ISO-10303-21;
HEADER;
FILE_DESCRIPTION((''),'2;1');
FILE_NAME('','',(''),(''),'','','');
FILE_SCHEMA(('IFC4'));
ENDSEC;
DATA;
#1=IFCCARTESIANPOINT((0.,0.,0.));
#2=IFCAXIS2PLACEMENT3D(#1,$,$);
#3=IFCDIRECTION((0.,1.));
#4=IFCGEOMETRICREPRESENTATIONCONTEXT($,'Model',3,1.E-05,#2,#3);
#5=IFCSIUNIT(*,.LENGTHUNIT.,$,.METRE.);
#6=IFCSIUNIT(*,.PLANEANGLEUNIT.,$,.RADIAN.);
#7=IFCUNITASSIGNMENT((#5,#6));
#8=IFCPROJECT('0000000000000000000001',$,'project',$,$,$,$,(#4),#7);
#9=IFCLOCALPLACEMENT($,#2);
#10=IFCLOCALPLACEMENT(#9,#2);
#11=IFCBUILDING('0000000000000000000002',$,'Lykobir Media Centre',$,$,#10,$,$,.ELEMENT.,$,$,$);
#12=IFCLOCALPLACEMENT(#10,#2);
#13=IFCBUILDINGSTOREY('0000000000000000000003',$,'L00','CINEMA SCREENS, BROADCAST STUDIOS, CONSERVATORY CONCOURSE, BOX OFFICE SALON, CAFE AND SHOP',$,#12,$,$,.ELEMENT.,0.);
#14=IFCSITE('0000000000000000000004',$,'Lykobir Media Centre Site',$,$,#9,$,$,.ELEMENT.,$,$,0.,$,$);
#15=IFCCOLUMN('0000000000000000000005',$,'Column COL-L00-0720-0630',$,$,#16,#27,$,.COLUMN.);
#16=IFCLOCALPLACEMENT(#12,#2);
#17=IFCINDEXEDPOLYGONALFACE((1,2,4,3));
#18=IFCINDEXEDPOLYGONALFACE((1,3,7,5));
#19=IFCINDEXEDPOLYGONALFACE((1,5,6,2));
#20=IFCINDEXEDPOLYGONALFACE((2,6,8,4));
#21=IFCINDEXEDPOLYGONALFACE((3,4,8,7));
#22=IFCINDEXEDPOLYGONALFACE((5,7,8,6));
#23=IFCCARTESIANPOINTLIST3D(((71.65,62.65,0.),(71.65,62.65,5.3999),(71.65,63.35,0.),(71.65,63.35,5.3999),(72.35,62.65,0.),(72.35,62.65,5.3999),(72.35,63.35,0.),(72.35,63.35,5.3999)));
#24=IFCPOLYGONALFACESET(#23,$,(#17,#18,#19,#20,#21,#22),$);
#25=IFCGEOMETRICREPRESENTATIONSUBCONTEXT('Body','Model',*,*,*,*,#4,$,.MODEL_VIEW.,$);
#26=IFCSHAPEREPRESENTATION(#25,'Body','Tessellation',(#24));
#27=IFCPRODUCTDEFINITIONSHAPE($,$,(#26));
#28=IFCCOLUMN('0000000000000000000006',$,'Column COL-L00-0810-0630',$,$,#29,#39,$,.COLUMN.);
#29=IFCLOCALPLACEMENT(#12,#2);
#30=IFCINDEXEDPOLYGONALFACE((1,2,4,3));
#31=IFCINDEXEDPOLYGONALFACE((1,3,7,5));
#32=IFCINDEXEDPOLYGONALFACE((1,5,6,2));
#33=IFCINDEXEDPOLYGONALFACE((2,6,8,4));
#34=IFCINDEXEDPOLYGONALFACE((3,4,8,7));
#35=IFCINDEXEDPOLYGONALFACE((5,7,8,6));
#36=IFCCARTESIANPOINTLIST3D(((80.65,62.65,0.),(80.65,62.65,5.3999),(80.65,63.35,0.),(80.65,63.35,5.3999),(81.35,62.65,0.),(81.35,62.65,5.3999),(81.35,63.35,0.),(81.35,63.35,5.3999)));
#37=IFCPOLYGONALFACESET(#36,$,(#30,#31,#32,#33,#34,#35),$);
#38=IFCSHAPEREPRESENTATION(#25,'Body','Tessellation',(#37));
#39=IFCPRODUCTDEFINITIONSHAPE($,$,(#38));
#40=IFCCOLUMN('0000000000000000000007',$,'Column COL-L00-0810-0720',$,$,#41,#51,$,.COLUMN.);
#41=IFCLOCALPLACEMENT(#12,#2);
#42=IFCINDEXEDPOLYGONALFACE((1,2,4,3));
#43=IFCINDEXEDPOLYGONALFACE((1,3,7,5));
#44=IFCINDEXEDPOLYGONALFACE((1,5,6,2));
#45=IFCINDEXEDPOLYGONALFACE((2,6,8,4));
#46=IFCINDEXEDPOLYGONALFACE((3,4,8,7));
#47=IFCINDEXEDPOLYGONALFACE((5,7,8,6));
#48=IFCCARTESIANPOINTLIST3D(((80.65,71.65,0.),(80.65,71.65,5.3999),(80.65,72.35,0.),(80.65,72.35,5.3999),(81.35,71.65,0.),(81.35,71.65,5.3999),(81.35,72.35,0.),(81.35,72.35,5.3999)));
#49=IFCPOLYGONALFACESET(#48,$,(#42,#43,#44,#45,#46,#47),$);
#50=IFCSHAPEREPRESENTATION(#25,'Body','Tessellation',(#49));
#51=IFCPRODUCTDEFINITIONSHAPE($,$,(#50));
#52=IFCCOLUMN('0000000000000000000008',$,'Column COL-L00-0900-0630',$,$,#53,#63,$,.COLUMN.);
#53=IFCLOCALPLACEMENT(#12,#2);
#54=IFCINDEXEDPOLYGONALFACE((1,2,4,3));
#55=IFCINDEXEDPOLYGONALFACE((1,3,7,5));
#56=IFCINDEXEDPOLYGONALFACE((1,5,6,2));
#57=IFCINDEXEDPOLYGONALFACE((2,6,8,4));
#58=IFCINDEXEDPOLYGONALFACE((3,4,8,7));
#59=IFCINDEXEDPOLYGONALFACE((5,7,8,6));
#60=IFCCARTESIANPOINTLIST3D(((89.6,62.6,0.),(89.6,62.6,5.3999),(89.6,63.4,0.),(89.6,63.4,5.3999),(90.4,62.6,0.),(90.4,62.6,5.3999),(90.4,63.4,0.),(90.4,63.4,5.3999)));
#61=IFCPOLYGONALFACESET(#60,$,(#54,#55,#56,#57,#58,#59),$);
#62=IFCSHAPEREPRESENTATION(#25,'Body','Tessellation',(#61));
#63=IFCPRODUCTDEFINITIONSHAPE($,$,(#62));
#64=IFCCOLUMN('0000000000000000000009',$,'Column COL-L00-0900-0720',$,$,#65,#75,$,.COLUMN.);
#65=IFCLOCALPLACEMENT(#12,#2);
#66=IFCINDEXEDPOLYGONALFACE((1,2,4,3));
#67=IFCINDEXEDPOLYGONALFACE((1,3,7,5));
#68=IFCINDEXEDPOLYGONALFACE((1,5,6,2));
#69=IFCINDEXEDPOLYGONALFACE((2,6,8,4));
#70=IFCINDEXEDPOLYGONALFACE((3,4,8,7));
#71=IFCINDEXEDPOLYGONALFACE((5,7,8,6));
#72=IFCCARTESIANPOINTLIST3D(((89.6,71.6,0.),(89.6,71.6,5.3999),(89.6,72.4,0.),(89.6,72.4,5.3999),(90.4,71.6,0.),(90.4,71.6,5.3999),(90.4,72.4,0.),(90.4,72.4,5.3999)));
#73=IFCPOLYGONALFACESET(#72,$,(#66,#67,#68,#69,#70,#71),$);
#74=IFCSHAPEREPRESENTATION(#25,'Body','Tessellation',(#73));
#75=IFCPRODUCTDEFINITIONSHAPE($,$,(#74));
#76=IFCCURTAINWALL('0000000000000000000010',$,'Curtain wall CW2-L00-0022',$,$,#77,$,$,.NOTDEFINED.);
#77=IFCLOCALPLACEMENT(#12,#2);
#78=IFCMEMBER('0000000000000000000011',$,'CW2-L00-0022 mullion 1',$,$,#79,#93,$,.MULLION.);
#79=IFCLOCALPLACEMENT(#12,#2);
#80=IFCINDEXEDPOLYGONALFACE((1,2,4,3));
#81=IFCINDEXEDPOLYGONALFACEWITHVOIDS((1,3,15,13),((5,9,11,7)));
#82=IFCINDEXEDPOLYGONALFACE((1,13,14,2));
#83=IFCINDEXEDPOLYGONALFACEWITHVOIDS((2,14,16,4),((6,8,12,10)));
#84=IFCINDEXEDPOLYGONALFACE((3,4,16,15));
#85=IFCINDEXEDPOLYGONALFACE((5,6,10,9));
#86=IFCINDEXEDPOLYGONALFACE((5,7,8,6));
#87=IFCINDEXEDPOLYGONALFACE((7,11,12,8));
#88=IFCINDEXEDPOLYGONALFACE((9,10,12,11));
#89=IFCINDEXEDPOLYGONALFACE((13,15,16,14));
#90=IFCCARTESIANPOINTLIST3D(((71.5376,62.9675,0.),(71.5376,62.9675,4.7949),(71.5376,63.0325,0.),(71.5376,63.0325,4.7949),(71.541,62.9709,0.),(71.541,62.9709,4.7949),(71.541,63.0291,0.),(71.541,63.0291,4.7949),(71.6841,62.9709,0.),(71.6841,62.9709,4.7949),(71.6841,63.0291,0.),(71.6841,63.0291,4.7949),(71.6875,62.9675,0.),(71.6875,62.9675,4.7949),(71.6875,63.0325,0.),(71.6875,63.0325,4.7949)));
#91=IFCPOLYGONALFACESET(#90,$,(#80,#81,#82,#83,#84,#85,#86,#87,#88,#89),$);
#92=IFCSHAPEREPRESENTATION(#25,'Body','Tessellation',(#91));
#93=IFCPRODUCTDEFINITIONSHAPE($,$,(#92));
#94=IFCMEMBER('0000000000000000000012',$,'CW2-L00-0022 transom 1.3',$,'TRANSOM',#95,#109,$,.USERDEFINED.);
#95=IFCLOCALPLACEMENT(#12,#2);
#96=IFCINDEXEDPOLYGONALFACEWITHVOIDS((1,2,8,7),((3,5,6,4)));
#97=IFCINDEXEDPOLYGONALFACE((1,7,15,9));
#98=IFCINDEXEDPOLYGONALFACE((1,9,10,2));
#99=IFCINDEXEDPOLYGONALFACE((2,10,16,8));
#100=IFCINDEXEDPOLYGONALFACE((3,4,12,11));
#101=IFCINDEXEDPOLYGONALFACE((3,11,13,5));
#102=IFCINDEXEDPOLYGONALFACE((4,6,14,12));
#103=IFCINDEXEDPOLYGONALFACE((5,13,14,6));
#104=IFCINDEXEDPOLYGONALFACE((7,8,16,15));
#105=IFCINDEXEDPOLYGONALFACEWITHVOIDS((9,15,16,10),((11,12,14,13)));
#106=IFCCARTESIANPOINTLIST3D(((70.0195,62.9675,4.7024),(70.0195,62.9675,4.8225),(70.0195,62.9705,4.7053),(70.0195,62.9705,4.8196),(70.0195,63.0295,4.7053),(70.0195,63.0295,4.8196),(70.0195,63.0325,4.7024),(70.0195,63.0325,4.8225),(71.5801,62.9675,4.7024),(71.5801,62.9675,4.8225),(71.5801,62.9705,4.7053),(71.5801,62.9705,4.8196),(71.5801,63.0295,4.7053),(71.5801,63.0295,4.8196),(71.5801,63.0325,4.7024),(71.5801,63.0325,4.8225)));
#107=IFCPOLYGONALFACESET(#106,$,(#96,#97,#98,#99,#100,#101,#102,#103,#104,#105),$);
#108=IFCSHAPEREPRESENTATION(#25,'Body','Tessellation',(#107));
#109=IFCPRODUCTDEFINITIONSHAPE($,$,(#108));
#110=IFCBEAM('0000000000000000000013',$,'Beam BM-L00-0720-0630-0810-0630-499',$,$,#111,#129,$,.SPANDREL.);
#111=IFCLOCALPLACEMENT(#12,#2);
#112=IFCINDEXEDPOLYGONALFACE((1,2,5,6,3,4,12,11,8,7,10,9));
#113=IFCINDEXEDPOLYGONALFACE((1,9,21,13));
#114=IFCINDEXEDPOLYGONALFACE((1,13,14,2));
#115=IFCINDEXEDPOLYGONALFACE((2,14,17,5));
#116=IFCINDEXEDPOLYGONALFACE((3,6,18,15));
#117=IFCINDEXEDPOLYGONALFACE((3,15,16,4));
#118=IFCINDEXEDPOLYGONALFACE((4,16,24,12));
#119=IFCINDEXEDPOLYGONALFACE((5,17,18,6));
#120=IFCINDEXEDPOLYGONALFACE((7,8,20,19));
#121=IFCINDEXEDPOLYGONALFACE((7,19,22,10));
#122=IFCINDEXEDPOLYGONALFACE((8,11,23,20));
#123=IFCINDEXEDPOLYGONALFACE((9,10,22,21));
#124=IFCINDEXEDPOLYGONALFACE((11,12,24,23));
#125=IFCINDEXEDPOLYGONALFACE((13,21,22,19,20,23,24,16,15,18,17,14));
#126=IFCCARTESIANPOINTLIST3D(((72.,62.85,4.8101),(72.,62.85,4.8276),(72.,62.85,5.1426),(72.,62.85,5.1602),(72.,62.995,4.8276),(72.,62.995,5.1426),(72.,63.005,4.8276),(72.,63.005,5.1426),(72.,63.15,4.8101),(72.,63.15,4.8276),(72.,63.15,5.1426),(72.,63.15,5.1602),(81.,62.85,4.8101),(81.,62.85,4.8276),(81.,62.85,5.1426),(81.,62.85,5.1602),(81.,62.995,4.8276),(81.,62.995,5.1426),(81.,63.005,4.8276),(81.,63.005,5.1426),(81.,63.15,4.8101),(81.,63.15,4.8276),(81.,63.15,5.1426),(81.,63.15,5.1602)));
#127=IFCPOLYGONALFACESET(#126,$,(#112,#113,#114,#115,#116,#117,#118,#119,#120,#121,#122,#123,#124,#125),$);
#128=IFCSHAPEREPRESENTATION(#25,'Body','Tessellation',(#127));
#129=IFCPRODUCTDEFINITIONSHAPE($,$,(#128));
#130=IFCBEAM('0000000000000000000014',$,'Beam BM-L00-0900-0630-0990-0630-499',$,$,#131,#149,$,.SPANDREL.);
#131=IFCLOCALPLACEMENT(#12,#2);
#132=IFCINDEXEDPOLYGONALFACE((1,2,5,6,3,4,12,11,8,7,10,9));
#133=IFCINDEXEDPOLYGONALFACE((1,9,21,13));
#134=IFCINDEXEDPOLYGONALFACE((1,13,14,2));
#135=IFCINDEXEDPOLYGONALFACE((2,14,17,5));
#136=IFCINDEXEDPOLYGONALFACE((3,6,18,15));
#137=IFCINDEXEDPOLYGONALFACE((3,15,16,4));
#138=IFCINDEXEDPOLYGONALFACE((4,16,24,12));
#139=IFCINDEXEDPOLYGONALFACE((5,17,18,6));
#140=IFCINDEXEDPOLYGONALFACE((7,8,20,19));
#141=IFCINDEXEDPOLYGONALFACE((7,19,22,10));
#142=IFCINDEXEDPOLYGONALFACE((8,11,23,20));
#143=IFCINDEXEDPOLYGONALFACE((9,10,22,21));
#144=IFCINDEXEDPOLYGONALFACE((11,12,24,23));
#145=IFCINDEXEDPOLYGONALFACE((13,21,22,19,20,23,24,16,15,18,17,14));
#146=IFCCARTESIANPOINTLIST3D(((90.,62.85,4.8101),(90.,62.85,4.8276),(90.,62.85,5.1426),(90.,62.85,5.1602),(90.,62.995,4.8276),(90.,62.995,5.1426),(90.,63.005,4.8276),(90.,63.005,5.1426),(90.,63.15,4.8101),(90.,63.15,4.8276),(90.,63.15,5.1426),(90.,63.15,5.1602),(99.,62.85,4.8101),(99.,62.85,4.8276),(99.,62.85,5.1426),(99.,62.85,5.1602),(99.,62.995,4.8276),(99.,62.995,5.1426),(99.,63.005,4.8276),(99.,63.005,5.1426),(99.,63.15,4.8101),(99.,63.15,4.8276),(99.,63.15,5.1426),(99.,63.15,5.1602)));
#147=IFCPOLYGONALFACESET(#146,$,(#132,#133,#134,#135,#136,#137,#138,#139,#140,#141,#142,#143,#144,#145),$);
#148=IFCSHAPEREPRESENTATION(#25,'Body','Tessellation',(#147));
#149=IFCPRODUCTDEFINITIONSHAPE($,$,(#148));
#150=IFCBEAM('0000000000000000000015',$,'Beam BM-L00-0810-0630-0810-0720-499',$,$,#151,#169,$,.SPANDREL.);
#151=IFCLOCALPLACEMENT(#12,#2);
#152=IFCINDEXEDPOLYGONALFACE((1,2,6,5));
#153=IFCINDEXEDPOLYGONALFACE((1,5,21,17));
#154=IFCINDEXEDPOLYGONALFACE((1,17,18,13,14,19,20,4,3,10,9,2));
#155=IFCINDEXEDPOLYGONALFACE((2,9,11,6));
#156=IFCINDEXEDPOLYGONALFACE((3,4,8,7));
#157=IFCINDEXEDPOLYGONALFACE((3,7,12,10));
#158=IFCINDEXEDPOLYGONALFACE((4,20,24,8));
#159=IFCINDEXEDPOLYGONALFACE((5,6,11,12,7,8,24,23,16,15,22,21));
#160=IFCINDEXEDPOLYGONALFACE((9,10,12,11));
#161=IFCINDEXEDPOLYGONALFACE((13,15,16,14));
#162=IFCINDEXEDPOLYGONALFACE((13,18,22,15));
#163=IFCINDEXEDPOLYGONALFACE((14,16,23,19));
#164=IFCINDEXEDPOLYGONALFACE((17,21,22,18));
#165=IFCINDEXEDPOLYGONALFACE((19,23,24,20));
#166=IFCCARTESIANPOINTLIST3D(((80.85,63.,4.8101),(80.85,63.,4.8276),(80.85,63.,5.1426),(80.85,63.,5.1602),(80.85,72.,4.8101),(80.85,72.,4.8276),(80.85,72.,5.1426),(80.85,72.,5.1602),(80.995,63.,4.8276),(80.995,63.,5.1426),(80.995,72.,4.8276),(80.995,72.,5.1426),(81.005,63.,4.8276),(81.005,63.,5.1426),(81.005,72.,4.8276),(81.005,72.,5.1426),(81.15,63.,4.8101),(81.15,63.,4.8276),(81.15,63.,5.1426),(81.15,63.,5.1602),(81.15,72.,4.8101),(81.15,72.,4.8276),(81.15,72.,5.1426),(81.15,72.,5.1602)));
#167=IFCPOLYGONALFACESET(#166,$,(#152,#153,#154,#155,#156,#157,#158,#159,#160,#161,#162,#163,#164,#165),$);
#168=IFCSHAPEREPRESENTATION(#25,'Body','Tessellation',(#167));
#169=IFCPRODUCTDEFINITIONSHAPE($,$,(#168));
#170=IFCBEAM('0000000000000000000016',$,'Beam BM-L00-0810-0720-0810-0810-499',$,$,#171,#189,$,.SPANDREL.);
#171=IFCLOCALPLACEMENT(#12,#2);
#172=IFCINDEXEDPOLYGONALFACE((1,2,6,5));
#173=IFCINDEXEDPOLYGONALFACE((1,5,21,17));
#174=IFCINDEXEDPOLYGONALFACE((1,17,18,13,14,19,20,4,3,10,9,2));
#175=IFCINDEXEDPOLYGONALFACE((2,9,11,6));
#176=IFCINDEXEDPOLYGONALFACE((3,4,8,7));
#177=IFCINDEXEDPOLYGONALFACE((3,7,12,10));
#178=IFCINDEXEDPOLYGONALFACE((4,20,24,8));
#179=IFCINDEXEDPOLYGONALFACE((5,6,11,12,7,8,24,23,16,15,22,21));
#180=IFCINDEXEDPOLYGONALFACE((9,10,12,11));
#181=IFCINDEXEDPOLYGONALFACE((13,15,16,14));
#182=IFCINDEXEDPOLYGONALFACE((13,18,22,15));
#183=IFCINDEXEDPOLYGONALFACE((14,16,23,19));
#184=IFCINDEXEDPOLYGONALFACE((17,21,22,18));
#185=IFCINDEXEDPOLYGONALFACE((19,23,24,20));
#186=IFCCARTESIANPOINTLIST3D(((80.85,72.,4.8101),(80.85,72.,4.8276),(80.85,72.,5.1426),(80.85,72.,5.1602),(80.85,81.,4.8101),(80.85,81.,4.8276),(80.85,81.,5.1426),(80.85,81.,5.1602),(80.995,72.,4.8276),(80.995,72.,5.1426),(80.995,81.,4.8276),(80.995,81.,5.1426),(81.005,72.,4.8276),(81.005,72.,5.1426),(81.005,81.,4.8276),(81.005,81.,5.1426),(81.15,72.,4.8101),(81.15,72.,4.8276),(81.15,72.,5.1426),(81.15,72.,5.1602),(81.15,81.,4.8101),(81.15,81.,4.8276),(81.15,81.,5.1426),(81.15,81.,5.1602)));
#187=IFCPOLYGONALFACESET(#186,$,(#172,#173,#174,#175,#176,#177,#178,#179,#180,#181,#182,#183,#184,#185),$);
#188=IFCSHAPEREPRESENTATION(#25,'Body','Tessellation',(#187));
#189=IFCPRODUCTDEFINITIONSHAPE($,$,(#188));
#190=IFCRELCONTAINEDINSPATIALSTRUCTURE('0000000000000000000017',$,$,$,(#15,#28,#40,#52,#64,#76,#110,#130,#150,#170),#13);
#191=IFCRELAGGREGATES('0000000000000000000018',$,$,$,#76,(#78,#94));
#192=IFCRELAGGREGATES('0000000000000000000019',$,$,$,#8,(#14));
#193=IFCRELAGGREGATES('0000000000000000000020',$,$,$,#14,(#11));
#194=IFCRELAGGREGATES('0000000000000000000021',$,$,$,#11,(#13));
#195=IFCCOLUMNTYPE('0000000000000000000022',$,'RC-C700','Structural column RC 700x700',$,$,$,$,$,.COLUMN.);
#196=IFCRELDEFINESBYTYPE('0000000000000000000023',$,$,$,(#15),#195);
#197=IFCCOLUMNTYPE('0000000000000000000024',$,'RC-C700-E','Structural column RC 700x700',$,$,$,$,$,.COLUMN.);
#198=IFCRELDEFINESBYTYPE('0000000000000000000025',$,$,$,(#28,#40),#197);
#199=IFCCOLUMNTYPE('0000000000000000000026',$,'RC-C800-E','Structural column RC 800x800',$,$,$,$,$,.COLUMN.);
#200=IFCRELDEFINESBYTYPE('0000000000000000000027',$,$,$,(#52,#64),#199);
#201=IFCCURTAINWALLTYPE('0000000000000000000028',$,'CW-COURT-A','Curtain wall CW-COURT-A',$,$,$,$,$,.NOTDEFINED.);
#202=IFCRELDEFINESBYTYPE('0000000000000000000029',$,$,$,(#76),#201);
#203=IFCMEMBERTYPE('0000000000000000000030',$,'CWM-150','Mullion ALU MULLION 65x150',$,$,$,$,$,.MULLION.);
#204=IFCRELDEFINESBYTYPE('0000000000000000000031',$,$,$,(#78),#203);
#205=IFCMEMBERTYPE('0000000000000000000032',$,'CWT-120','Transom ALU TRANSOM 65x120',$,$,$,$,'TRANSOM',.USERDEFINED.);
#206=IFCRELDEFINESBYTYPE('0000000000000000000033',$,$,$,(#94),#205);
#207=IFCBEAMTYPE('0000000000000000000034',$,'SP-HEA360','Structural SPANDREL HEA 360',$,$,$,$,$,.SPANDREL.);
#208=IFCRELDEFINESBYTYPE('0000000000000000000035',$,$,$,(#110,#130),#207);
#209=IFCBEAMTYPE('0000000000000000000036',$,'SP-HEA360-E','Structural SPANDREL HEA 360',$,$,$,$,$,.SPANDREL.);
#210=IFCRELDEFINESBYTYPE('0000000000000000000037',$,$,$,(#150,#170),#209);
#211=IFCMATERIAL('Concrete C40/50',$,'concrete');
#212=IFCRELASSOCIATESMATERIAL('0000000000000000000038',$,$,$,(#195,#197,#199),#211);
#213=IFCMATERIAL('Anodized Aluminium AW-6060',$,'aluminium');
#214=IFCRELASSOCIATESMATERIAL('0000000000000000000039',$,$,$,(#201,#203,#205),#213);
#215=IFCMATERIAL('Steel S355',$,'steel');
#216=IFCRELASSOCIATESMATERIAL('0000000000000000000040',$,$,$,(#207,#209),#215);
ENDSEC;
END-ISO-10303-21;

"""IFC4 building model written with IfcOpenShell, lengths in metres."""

from ifc_helpers import new_model, si_unit, direction, frame, origin, origin_2d, place, context, subcontext, project, spatial, rectangle, hollow_rectangle, i_section, extrude, material, material_profile, profile_set, type_object, element, aggregate, save


model = new_model("IFC4")

# Units and contexts
model_context = context("Model", 3, precision=1e-05, world=origin(), true_north=direction((0.0, 1.0)))
body_context = subcontext(model_context, "Body", "Model", "MODEL_VIEW")
ifc_project = project(units=[si_unit("LENGTHUNIT", "METRE"), si_unit("PLANEANGLEUNIT", "RADIAN")], contexts=[model_context])

# Site, building, storey
site_placement = place(None, origin())
site = spatial("IfcSite", under=ifc_project, at=site_placement, Name="Lykobir Media Centre Site", CompositionType="ELEMENT", RefElevation=0.0)
building_placement = place(site_placement, origin())
building = spatial("IfcBuilding", under=site, at=building_placement, Name="Lykobir Media Centre", CompositionType="ELEMENT")
storey_placement = place(building_placement, origin())
storey = spatial("IfcBuildingStorey", under=building, at=storey_placement, Name="L00", Description="CINEMA SCREENS, BROADCAST STUDIOS, CONSERVATORY CONCOURSE, BOX OFFICE SALON, CAFE AND SHOP", CompositionType="ELEMENT", Elevation=0.0)

# Columns
ifc_material_1 = material(Name="Concrete C40/50", Category="concrete")
ifc_material_profile_1 = material_profile(ifc_material_1, rectangle(XDim=0.7, YDim=0.7, at=origin_2d()), Name="RC 700x700")
ifc_profile_set_1 = profile_set([ifc_material_profile_1], Name="Concrete C40/50")
column_type_1 = type_object("IfcColumnType", Name="RC-C700", Description="Structural column RC 700x700", PredefinedType="COLUMN", material=ifc_profile_set_1)
column_placement = place(storey_placement, frame((72.0, 63.0, 0.0), z_axis=(0.0, 0.0, 1.0), x_axis=(1.0, 0.0, 0.0)))
element("IfcColumn", 1, at=column_placement, inside=storey, type_object=column_type_1, Name="Column COL-L00-0720-0630", PredefinedType="COLUMN", context=body_context, shape_type="SweptSolid", body=[
    extrude(rectangle(XDim=0.7, YDim=0.7, at=origin_2d()), origin(), (0.0, 0.0, 1.0), 5.3999),
])
ifc_material_profile_2 = material_profile(ifc_material_1, rectangle(XDim=0.7, YDim=0.7, at=origin_2d()), Name="RC 700x700")
ifc_profile_set_2 = profile_set([ifc_material_profile_2], Name="Concrete C40/50")
column_type_2 = type_object("IfcColumnType", Name="RC-C700-E", Description="Structural column RC 700x700", PredefinedType="COLUMN", material=ifc_profile_set_2)
for number, where, z_axis, x_axis, name in (
    (2, (81.0, 63.0, 0.0), (0.0, 0.0, 1.0), (1.0, 0.0, 0.0), "Column COL-L00-0810-0630"),
    (3, (81.0, 72.0, 0.0), (0.0, 0.0, 1.0), (1.0, 0.0, 0.0), "Column COL-L00-0810-0720"),
):
    element("IfcColumn", number, at=place(storey_placement, frame(where, z_axis=z_axis, x_axis=x_axis)), inside=storey, type_object=column_type_2, Name=name, PredefinedType="COLUMN", context=body_context, shape_type="SweptSolid", body=[
        extrude(rectangle(XDim=0.7, YDim=0.7, at=origin_2d()), origin(), (0.0, 0.0, 1.0), 5.3999),
    ])
ifc_material_profile_3 = material_profile(ifc_material_1, rectangle(XDim=0.8, YDim=0.8, at=origin_2d()), Name="RC 800x800")
ifc_profile_set_3 = profile_set([ifc_material_profile_3], Name="Concrete C40/50")
column_type_3 = type_object("IfcColumnType", Name="RC-C800-E", Description="Structural column RC 800x800", PredefinedType="COLUMN", material=ifc_profile_set_3)
for number, where, z_axis, x_axis, name in (
    (4, (90.0, 63.0, 0.0), (0.0, 0.0, 1.0), (1.0, 0.0, 0.0), "Column COL-L00-0900-0630"),
    (5, (90.0, 72.0, 0.0), (0.0, 0.0, 1.0), (1.0, 0.0, 0.0), "Column COL-L00-0900-0720"),
):
    element("IfcColumn", number, at=place(storey_placement, frame(where, z_axis=z_axis, x_axis=x_axis)), inside=storey, type_object=column_type_3, Name=name, PredefinedType="COLUMN", context=body_context, shape_type="SweptSolid", body=[
        extrude(rectangle(XDim=0.8, YDim=0.8, at=origin_2d()), origin(), (0.0, 0.0, 1.0), 5.3999),
    ])

# Curtain wall, members
ifc_material_2 = material(Name="Anodized Aluminium AW-6060", Category="aluminium")
curtain_wall_type = type_object("IfcCurtainWallType", Name="CW-COURT-A", Description="Curtain wall CW-COURT-A", PredefinedType="NOTDEFINED", material=ifc_material_2)
curtain_wall_placement = place(storey_placement, origin())
curtain_wall = element("IfcCurtainWall", 6, at=curtain_wall_placement, inside=storey, type_object=curtain_wall_type, Name="Curtain wall CW2-L00-0022", PredefinedType="NOTDEFINED")
ifc_material_profile_4 = material_profile(ifc_material_2, hollow_rectangle(XDim=0.0649, YDim=0.1499, WallThickness=0.0034, at=origin_2d()), Name="ALU MULLION 65x150")
ifc_profile_set_4 = profile_set([ifc_material_profile_4], Name="Anodized Aluminium AW-6060")
member_type_1 = type_object("IfcMemberType", Name="CWM-150", Description="Mullion ALU MULLION 65x150", PredefinedType="MULLION", material=ifc_profile_set_4)
member_1_placement = place(storey_placement, frame((71.6125, 63.0, 0.0), z_axis=(0.0, 0.0, 1.0), x_axis=(0.0, -1.0, 0.0)))
member_1 = element("IfcMember", 7, at=member_1_placement, type_object=member_type_1, Name="CW2-L00-0022 mullion 1", PredefinedType="MULLION", context=body_context, shape_type="SweptSolid", body=[
    extrude(hollow_rectangle(XDim=0.0649, YDim=0.1499, WallThickness=0.0034, at=origin_2d()), origin(), (0.0, 0.0, 1.0), 4.7949),
])
ifc_material_profile_5 = material_profile(ifc_material_2, hollow_rectangle(XDim=0.0649, YDim=0.1201, WallThickness=0.0029, at=origin_2d()), Name="ALU TRANSOM 65x120")
ifc_profile_set_5 = profile_set([ifc_material_profile_5], Name="Anodized Aluminium AW-6060")
member_type_2 = type_object("IfcMemberType", Name="CWT-120", Description="Transom ALU TRANSOM 65x120", ElementType="TRANSOM", PredefinedType="USERDEFINED", material=ifc_profile_set_5)
member_2_placement = place(storey_placement, frame((71.5801, 63.0, 4.7625), z_axis=(-1.0, 0.0, 0.0), x_axis=(0.0, -1.0, 0.0)))
member_2 = element("IfcMember", 8, at=member_2_placement, type_object=member_type_2, Name="CW2-L00-0022 transom 1.3", ObjectType="TRANSOM", PredefinedType="USERDEFINED", context=body_context, shape_type="SweptSolid", body=[
    extrude(hollow_rectangle(XDim=0.0649, YDim=0.1201, WallThickness=0.0029, at=origin_2d()), origin(), (0.0, 0.0, 1.0), 1.5605),
])
aggregate(curtain_wall, [member_1, member_2])

# Beams
ifc_material_3 = material(Name="Steel S355", Category="steel")
ifc_material_profile_6 = material_profile(ifc_material_3, i_section(OverallWidth=0.3, OverallDepth=0.3501, WebThickness=0.01, FlangeThickness=0.0176, at=origin_2d()), Name="HEA 360")
ifc_profile_set_6 = profile_set([ifc_material_profile_6], Name="Steel S355")
beam_type_1 = type_object("IfcBeamType", Name="SP-HEA360", Description="Structural SPANDREL HEA 360", PredefinedType="SPANDREL", material=ifc_profile_set_6)
for number, where, z_axis, x_axis, name in (
    (9, (72.0, 63.0, 4.9851), (1.0, 0.0, 0.0), (0.0, 1.0, 0.0), "Beam BM-L00-0720-0630-0810-0630-499"),
    (10, (90.0, 63.0, 4.9851), (1.0, 0.0, 0.0), (0.0, 1.0, 0.0), "Beam BM-L00-0900-0630-0990-0630-499"),
):
    element("IfcBeam", number, at=place(storey_placement, frame(where, z_axis=z_axis, x_axis=x_axis)), inside=storey, type_object=beam_type_1, Name=name, PredefinedType="SPANDREL", context=body_context, shape_type="SweptSolid", body=[
        extrude(i_section(OverallWidth=0.3, OverallDepth=0.3501, WebThickness=0.01, FlangeThickness=0.0176, at=origin_2d()), origin(), (0.0, 0.0, 1.0), 9.0),
    ])
ifc_material_profile_7 = material_profile(ifc_material_3, i_section(OverallWidth=0.3, OverallDepth=0.3501, WebThickness=0.01, FlangeThickness=0.0176, at=origin_2d()), Name="HEA 360")
ifc_profile_set_7 = profile_set([ifc_material_profile_7], Name="Steel S355")
beam_type_2 = type_object("IfcBeamType", Name="SP-HEA360-E", Description="Structural SPANDREL HEA 360", PredefinedType="SPANDREL", material=ifc_profile_set_7)
for number, where, z_axis, x_axis, name in (
    (11, (81.0, 63.0, 4.9851), (0.0, 1.0, 0.0), (-1.0, 0.0, 0.0), "Beam BM-L00-0810-0630-0810-0720-499"),
    (12, (81.0, 72.0, 4.9851), (0.0, 1.0, 0.0), (-1.0, 0.0, 0.0), "Beam BM-L00-0810-0720-0810-0810-499"),
):
    element("IfcBeam", number, at=place(storey_placement, frame(where, z_axis=z_axis, x_axis=x_axis)), inside=storey, type_object=beam_type_2, Name=name, PredefinedType="SPANDREL", context=body_context, shape_type="SweptSolid", body=[
        extrude(i_section(OverallWidth=0.3, OverallDepth=0.3501, WebThickness=0.01, FlangeThickness=0.0176, at=origin_2d()), origin(), (0.0, 0.0, 1.0), 9.0),
    ])

save(model, "model.ifc")
